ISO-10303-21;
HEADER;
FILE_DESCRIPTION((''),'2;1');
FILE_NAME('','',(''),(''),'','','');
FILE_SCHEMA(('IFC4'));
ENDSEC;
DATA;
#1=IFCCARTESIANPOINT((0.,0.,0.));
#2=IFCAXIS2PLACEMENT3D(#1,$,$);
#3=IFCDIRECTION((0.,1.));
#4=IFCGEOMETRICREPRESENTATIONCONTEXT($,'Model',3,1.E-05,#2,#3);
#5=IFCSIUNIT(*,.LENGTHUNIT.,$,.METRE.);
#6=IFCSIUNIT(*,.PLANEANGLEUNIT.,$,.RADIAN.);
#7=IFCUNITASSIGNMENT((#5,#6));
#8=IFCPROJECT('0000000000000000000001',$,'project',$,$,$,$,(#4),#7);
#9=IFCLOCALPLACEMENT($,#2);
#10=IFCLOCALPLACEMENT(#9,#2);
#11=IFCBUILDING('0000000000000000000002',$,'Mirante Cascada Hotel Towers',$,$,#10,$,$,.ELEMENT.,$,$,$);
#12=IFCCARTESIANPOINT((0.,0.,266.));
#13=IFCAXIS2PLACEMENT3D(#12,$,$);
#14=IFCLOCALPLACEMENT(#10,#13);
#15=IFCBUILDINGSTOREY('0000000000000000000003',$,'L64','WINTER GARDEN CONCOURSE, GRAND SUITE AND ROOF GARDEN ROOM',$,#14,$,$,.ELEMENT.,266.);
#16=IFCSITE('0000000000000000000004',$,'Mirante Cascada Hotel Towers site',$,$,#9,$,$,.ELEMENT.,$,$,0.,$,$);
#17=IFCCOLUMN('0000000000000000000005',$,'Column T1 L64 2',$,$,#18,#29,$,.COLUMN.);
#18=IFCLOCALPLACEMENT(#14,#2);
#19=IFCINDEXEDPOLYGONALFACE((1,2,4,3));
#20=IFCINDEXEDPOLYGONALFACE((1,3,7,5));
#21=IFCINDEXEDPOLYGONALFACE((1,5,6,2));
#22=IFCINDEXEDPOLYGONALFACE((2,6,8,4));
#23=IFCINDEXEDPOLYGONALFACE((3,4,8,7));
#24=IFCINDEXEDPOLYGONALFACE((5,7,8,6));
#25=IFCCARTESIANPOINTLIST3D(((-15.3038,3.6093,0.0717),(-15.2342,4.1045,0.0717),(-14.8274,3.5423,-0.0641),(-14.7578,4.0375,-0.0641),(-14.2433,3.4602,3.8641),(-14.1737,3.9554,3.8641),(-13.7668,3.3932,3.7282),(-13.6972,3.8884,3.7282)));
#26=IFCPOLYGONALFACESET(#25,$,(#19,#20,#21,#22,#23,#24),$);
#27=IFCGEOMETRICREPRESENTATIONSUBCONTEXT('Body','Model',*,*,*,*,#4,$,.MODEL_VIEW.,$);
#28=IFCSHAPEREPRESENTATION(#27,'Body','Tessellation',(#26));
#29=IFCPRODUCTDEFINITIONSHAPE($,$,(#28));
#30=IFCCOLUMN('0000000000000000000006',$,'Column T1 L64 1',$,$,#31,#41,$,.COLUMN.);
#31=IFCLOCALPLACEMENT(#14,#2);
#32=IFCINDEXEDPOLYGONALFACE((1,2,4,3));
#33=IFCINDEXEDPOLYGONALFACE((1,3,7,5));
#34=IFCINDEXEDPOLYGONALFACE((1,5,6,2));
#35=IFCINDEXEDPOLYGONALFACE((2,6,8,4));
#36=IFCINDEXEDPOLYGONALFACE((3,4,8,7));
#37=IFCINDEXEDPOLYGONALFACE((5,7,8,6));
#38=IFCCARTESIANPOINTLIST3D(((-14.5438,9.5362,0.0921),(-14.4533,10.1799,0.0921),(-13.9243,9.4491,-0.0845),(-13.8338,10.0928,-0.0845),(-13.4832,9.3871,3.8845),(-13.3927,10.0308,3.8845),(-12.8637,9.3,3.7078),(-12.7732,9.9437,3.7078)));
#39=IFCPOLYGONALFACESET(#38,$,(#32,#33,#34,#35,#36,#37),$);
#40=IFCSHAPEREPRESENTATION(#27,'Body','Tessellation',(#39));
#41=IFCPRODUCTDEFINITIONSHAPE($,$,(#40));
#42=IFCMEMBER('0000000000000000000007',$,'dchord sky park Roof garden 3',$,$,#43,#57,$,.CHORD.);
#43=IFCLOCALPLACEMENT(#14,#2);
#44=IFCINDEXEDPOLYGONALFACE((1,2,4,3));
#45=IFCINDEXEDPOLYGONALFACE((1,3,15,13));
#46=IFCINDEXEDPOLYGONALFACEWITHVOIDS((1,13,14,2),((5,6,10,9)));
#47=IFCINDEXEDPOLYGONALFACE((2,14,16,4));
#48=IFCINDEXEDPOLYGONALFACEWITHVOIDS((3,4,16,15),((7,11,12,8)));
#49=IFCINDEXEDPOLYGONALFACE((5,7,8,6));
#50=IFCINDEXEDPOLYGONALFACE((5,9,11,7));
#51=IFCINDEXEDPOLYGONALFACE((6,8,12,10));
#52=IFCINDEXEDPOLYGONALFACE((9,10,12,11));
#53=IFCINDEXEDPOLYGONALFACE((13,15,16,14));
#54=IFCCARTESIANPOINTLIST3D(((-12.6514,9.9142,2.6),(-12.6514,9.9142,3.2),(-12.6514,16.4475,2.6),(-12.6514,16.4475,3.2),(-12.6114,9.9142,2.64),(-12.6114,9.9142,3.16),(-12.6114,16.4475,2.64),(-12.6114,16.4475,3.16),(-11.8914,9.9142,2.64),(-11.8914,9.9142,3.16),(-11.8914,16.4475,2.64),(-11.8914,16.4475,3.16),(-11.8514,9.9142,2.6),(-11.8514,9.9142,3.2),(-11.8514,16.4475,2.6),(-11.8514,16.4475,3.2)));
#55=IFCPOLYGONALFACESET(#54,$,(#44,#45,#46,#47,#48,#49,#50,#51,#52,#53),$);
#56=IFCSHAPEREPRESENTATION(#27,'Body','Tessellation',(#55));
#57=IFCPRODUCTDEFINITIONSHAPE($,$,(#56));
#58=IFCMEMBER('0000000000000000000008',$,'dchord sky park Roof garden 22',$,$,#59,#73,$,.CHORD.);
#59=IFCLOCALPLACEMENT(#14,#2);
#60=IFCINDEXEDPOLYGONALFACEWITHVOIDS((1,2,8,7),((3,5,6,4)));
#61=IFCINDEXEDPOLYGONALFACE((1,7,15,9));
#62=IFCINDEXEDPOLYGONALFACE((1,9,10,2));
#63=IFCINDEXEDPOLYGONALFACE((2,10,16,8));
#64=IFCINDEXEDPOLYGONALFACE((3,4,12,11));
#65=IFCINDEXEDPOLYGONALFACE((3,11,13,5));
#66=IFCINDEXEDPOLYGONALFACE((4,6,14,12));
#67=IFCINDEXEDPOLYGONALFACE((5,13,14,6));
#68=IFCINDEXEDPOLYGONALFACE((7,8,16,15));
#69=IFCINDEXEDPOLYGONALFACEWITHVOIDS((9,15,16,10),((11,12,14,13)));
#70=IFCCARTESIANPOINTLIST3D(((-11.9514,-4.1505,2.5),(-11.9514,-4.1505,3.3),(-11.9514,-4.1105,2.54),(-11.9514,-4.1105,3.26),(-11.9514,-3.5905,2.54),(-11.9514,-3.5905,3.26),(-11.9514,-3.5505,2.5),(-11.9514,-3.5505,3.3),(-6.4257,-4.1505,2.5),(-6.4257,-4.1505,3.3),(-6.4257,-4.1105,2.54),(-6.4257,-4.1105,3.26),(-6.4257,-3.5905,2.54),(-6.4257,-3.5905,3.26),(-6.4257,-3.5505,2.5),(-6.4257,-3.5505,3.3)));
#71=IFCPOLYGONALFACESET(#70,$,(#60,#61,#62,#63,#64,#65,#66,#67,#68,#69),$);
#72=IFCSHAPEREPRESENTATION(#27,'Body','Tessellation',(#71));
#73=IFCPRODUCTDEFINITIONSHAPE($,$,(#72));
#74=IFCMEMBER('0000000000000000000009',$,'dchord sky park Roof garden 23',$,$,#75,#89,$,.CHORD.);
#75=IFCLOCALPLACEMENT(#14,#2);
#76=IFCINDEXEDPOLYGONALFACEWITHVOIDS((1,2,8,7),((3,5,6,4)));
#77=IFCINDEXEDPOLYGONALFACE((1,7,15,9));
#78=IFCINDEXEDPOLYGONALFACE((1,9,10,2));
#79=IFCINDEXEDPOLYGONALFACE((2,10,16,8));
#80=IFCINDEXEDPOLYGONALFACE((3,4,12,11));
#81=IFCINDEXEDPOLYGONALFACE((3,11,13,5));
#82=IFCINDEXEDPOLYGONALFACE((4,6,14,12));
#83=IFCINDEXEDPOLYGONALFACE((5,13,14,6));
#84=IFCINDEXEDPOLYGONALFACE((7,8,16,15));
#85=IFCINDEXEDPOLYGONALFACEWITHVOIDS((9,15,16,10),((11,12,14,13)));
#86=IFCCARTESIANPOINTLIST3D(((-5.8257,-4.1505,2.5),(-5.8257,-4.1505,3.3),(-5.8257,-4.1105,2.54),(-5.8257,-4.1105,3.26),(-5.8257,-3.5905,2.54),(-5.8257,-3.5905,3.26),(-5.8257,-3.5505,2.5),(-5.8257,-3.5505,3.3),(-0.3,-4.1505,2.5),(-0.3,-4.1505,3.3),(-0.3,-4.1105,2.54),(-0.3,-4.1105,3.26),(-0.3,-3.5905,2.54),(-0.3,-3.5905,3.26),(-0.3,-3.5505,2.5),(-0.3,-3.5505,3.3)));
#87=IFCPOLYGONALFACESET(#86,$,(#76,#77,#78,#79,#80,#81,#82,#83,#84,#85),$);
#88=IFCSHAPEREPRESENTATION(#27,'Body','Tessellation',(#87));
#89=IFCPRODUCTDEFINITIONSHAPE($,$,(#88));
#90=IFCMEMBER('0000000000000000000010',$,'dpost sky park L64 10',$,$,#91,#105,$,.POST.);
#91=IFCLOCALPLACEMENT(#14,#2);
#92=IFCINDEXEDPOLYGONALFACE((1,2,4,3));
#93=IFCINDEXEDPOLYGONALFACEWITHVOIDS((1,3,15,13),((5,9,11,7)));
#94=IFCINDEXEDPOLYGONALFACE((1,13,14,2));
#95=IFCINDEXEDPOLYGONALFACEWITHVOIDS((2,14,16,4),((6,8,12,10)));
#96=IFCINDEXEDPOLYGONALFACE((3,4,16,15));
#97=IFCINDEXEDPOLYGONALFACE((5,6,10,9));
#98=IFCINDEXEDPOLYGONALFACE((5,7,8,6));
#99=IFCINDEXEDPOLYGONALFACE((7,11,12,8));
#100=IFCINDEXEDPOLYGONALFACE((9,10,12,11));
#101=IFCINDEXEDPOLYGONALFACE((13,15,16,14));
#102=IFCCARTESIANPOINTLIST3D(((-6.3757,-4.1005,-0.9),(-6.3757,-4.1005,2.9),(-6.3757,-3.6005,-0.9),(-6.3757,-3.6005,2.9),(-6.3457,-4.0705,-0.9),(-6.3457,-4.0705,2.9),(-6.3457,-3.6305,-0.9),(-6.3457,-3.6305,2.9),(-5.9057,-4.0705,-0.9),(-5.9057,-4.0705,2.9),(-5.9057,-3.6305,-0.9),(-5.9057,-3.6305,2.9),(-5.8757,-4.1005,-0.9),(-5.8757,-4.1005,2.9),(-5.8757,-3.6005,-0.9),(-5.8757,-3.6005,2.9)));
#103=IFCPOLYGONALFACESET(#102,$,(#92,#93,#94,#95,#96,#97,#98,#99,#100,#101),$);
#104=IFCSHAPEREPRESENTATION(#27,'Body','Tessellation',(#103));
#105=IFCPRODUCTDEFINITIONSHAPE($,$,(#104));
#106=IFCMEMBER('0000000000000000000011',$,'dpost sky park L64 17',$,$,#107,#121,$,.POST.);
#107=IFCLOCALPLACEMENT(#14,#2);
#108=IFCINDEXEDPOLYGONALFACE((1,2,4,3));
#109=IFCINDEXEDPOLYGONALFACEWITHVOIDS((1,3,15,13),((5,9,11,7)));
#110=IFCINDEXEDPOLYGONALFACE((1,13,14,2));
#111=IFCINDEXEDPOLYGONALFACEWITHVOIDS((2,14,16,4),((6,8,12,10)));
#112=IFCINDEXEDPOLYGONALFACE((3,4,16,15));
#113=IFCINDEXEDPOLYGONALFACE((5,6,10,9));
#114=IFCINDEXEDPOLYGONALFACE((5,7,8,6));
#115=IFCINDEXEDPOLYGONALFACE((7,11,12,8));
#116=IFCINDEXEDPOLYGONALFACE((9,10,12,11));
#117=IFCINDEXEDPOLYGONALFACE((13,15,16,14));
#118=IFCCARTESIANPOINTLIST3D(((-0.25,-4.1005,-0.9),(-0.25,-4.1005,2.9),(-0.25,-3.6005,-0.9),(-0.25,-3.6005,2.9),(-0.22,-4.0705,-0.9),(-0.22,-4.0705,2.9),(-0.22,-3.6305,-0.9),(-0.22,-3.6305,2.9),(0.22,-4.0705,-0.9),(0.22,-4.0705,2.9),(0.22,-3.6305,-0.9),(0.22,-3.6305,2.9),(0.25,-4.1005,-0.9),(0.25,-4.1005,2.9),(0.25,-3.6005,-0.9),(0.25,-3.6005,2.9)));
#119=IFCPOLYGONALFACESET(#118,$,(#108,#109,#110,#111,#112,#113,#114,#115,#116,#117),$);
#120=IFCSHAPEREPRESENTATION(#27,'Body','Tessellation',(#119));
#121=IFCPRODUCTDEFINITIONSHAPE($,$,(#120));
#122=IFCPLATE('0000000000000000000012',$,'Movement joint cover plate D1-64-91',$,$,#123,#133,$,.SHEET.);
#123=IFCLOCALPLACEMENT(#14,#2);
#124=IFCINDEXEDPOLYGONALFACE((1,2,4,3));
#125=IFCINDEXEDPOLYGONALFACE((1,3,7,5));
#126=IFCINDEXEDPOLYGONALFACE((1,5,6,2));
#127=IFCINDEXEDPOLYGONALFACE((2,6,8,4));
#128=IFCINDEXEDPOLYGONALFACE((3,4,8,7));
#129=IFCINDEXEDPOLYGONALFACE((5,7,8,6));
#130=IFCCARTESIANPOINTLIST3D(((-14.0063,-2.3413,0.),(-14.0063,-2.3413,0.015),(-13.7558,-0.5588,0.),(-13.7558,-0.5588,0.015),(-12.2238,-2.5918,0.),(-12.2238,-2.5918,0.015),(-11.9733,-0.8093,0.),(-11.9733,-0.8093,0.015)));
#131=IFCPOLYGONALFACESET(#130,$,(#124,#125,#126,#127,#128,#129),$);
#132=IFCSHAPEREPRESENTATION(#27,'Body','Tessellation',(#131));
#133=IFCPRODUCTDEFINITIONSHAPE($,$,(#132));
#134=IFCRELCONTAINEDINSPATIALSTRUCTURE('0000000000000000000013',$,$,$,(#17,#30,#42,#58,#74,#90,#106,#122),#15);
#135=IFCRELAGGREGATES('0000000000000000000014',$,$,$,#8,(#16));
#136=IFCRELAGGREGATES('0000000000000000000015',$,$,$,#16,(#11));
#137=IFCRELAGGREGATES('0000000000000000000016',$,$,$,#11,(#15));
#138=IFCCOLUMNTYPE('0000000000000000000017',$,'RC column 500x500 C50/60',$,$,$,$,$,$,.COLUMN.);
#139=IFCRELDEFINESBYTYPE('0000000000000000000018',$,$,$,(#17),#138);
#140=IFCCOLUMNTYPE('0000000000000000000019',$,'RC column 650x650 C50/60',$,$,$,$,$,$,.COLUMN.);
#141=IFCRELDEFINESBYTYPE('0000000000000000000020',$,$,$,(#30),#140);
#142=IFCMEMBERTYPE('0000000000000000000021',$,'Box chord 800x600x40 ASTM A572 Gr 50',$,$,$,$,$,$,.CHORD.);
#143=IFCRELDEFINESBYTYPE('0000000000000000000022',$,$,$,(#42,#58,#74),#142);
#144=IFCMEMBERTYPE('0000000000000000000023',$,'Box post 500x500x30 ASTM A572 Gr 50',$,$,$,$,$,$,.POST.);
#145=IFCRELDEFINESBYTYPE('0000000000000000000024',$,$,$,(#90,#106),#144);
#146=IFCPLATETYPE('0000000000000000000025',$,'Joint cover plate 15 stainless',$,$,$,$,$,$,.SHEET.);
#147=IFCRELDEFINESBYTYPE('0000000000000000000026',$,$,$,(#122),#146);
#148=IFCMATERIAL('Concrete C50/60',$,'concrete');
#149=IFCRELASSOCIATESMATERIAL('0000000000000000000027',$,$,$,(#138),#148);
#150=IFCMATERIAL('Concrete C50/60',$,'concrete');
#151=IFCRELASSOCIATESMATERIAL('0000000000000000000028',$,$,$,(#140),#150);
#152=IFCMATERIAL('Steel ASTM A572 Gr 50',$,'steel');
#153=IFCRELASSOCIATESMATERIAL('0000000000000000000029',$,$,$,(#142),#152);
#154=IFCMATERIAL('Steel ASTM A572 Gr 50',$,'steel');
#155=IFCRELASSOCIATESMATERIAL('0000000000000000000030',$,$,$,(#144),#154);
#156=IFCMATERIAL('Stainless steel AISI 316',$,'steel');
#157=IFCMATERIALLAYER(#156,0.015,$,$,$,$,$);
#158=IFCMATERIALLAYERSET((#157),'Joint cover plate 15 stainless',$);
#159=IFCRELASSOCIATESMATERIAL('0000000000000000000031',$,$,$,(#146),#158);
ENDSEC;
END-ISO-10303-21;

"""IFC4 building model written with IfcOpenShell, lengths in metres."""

from ifc_helpers import new_model, si_unit, direction, frame, origin, origin_2d, place, context, subcontext, project, spatial, rectangle, hollow_rectangle, extrude, material, layer, layer_set, material_profile, profile_set, type_object, element, save


model = new_model("IFC4")

# Units and contexts
model_context = context("Model", 3, precision=1e-05, world=origin(), true_north=direction((0.0, 1.0)))
body_context = subcontext(model_context, "Body", "Model", "MODEL_VIEW")
ifc_project = project(units=[si_unit("LENGTHUNIT", "METRE"), si_unit("PLANEANGLEUNIT", "RADIAN")], contexts=[model_context])

# Site, building, storey
site_placement = place(None, origin())
site = spatial("IfcSite", under=ifc_project, at=site_placement, Name="Mirante Cascada Hotel Towers site", CompositionType="ELEMENT", RefElevation=0.0)
building_placement = place(site_placement, origin())
building = spatial("IfcBuilding", under=site, at=building_placement, Name="Mirante Cascada Hotel Towers", CompositionType="ELEMENT")
storey_placement = place(building_placement, frame((0.0, 0.0, 266.0)))
storey = spatial("IfcBuildingStorey", under=building, at=storey_placement, Name="L64", Description="WINTER GARDEN CONCOURSE, GRAND SUITE AND ROOF GARDEN ROOM", CompositionType="ELEMENT", Elevation=266.0)

# Columns
ifc_material_1 = material(Name="Concrete C50/60", Category="concrete")
ifc_material_profile_1 = material_profile(ifc_material_1, rectangle(XDim=0.5, YDim=0.5, at=origin_2d()), Name="RC column 500x500 C50/60")
ifc_profile_set_1 = profile_set([ifc_material_profile_1], Name="Concrete C50/60")
column_type_1 = type_object("IfcColumnType", Name="RC column 500x500 C50/60", PredefinedType="COLUMN", material=ifc_profile_set_1)
column_1_placement = place(storey_placement, frame((-15.0308, 3.8234, 0.0038), z_axis=(0.269137, -0.037836, 0.962358), x_axis=(0.139212, 0.990263, 0.0)))
element("IfcColumn", 1, at=column_1_placement, inside=storey, type_object=column_type_1, Name="Column T1 L64 2", PredefinedType="COLUMN", context=body_context, shape_type="SweptSolid", body=[
    extrude(rectangle(XDim=0.5, YDim=0.5, at=origin_2d()), origin(), (0.0, 0.0, 1.0), 3.9407),
])
ifc_material_2 = material(Name="Concrete C50/60", Category="concrete")
ifc_material_profile_2 = material_profile(ifc_material_2, rectangle(XDim=0.65, YDim=0.65, at=origin_2d()), Name="RC column 650x650 C50/60")
ifc_profile_set_2 = profile_set([ifc_material_profile_2], Name="Concrete C50/60")
column_type_2 = type_object("IfcColumnType", Name="RC column 650x650 C50/60", PredefinedType="COLUMN", material=ifc_profile_set_2)
column_2_placement = place(storey_placement, frame((-14.1888, 9.8145, 0.0038), z_axis=(0.269137, -0.037836, 0.962358), x_axis=(0.139212, 0.990263, 0.0)))
element("IfcColumn", 2, at=column_2_placement, inside=storey, type_object=column_type_2, Name="Column T1 L64 1", PredefinedType="COLUMN", context=body_context, shape_type="SweptSolid", body=[
    extrude(rectangle(XDim=0.65, YDim=0.65, at=origin_2d()), origin(), (0.0, 0.0, 1.0), 3.9407),
])

# Members
ifc_material_3 = material(Name="Steel ASTM A572 Gr 50", Category="steel")
ifc_material_profile_3 = material_profile(ifc_material_3, hollow_rectangle(XDim=0.6, YDim=0.8, WallThickness=0.04, at=origin_2d()), Name="Box chord 800x600x40 ASTM A572 Gr 50")
ifc_profile_set_3 = profile_set([ifc_material_profile_3], Name="Steel ASTM A572 Gr 50")
member_type_1 = type_object("IfcMemberType", Name="Box chord 800x600x40 ASTM A572 Gr 50", PredefinedType="CHORD", material=ifc_profile_set_3)
member_placement = place(storey_placement, frame((-12.2514, 9.9142, 2.9), z_axis=(0.0, 1.0, 0.0), x_axis=(0.0, 0.0, 1.0)))
element("IfcMember", 3, at=member_placement, inside=storey, type_object=member_type_1, Name="dchord sky park Roof garden 3", PredefinedType="CHORD", context=body_context, shape_type="SweptSolid", body=[
    extrude(hollow_rectangle(XDim=0.6, YDim=0.8, WallThickness=0.04, at=origin_2d()), origin(), (0.0, 0.0, 1.0), 6.5333),
])
for number, where, z_axis, x_axis, name in (
    (4, (-11.9514, -3.8505, 2.9), (1.0, 0.0, 0.0), (0.0, 1.0, 0.0), "dchord sky park Roof garden 22"),
    (5, (-5.8257, -3.8505, 2.9), (1.0, 0.0, 0.0), (0.0, 1.0, 0.0), "dchord sky park Roof garden 23"),
):
    element("IfcMember", number, at=place(storey_placement, frame(where, z_axis=z_axis, x_axis=x_axis)), inside=storey, type_object=member_type_1, Name=name, PredefinedType="CHORD", context=body_context, shape_type="SweptSolid", body=[
        extrude(hollow_rectangle(XDim=0.6, YDim=0.8, WallThickness=0.04, at=origin_2d()), origin(), (0.0, 0.0, 1.0), 5.5257),
    ])
ifc_material_4 = material(Name="Steel ASTM A572 Gr 50", Category="steel")
ifc_material_profile_4 = material_profile(ifc_material_4, hollow_rectangle(XDim=0.5, YDim=0.5, WallThickness=0.03, at=origin_2d()), Name="Box post 500x500x30 ASTM A572 Gr 50")
ifc_profile_set_4 = profile_set([ifc_material_profile_4], Name="Steel ASTM A572 Gr 50")
member_type_2 = type_object("IfcMemberType", Name="Box post 500x500x30 ASTM A572 Gr 50", PredefinedType="POST", material=ifc_profile_set_4)
for number, where, z_axis, x_axis, name in (
    (6, (-6.1257, -3.8505, -0.9), (0.0, 0.0, 1.0), (1.0, 0.0, 0.0), "dpost sky park L64 10"),
    (7, (0.0, -3.8505, -0.9), (0.0, 0.0, 1.0), (1.0, 0.0, 0.0), "dpost sky park L64 17"),
):
    element("IfcMember", number, at=place(storey_placement, frame(where, z_axis=z_axis, x_axis=x_axis)), inside=storey, type_object=member_type_2, Name=name, PredefinedType="POST", context=body_context, shape_type="SweptSolid", body=[
        extrude(hollow_rectangle(XDim=0.5, YDim=0.5, WallThickness=0.03, at=origin_2d()), origin(), (0.0, 0.0, 1.0), 3.8),
    ])

# Plate
ifc_material_5 = material(Name="Stainless steel AISI 316", Category="steel")
ifc_layer_1 = layer(ifc_material_5, 0.015)
ifc_layer_set_1 = layer_set([ifc_layer_1], Name="Joint cover plate 15 stainless")
plate_type = type_object("IfcPlateType", Name="Joint cover plate 15 stainless", PredefinedType="SHEET", material=ifc_layer_set_1)
plate_placement = place(storey_placement, frame((-12.9898, -1.5753, 0.0), z_axis=(0.0, 0.0, 1.0), x_axis=(0.990268, -0.139173, 0.0)))
element("IfcPlate", 8, at=plate_placement, inside=storey, type_object=plate_type, Name="Movement joint cover plate D1-64-91", PredefinedType="SHEET", context=body_context, shape_type="SweptSolid", body=[
    extrude(rectangle(XDim=1.8, YDim=1.8, at=origin_2d()), origin(), (0.0, 0.0, 1.0), 0.015),
])

save(model, "model.ifc")
